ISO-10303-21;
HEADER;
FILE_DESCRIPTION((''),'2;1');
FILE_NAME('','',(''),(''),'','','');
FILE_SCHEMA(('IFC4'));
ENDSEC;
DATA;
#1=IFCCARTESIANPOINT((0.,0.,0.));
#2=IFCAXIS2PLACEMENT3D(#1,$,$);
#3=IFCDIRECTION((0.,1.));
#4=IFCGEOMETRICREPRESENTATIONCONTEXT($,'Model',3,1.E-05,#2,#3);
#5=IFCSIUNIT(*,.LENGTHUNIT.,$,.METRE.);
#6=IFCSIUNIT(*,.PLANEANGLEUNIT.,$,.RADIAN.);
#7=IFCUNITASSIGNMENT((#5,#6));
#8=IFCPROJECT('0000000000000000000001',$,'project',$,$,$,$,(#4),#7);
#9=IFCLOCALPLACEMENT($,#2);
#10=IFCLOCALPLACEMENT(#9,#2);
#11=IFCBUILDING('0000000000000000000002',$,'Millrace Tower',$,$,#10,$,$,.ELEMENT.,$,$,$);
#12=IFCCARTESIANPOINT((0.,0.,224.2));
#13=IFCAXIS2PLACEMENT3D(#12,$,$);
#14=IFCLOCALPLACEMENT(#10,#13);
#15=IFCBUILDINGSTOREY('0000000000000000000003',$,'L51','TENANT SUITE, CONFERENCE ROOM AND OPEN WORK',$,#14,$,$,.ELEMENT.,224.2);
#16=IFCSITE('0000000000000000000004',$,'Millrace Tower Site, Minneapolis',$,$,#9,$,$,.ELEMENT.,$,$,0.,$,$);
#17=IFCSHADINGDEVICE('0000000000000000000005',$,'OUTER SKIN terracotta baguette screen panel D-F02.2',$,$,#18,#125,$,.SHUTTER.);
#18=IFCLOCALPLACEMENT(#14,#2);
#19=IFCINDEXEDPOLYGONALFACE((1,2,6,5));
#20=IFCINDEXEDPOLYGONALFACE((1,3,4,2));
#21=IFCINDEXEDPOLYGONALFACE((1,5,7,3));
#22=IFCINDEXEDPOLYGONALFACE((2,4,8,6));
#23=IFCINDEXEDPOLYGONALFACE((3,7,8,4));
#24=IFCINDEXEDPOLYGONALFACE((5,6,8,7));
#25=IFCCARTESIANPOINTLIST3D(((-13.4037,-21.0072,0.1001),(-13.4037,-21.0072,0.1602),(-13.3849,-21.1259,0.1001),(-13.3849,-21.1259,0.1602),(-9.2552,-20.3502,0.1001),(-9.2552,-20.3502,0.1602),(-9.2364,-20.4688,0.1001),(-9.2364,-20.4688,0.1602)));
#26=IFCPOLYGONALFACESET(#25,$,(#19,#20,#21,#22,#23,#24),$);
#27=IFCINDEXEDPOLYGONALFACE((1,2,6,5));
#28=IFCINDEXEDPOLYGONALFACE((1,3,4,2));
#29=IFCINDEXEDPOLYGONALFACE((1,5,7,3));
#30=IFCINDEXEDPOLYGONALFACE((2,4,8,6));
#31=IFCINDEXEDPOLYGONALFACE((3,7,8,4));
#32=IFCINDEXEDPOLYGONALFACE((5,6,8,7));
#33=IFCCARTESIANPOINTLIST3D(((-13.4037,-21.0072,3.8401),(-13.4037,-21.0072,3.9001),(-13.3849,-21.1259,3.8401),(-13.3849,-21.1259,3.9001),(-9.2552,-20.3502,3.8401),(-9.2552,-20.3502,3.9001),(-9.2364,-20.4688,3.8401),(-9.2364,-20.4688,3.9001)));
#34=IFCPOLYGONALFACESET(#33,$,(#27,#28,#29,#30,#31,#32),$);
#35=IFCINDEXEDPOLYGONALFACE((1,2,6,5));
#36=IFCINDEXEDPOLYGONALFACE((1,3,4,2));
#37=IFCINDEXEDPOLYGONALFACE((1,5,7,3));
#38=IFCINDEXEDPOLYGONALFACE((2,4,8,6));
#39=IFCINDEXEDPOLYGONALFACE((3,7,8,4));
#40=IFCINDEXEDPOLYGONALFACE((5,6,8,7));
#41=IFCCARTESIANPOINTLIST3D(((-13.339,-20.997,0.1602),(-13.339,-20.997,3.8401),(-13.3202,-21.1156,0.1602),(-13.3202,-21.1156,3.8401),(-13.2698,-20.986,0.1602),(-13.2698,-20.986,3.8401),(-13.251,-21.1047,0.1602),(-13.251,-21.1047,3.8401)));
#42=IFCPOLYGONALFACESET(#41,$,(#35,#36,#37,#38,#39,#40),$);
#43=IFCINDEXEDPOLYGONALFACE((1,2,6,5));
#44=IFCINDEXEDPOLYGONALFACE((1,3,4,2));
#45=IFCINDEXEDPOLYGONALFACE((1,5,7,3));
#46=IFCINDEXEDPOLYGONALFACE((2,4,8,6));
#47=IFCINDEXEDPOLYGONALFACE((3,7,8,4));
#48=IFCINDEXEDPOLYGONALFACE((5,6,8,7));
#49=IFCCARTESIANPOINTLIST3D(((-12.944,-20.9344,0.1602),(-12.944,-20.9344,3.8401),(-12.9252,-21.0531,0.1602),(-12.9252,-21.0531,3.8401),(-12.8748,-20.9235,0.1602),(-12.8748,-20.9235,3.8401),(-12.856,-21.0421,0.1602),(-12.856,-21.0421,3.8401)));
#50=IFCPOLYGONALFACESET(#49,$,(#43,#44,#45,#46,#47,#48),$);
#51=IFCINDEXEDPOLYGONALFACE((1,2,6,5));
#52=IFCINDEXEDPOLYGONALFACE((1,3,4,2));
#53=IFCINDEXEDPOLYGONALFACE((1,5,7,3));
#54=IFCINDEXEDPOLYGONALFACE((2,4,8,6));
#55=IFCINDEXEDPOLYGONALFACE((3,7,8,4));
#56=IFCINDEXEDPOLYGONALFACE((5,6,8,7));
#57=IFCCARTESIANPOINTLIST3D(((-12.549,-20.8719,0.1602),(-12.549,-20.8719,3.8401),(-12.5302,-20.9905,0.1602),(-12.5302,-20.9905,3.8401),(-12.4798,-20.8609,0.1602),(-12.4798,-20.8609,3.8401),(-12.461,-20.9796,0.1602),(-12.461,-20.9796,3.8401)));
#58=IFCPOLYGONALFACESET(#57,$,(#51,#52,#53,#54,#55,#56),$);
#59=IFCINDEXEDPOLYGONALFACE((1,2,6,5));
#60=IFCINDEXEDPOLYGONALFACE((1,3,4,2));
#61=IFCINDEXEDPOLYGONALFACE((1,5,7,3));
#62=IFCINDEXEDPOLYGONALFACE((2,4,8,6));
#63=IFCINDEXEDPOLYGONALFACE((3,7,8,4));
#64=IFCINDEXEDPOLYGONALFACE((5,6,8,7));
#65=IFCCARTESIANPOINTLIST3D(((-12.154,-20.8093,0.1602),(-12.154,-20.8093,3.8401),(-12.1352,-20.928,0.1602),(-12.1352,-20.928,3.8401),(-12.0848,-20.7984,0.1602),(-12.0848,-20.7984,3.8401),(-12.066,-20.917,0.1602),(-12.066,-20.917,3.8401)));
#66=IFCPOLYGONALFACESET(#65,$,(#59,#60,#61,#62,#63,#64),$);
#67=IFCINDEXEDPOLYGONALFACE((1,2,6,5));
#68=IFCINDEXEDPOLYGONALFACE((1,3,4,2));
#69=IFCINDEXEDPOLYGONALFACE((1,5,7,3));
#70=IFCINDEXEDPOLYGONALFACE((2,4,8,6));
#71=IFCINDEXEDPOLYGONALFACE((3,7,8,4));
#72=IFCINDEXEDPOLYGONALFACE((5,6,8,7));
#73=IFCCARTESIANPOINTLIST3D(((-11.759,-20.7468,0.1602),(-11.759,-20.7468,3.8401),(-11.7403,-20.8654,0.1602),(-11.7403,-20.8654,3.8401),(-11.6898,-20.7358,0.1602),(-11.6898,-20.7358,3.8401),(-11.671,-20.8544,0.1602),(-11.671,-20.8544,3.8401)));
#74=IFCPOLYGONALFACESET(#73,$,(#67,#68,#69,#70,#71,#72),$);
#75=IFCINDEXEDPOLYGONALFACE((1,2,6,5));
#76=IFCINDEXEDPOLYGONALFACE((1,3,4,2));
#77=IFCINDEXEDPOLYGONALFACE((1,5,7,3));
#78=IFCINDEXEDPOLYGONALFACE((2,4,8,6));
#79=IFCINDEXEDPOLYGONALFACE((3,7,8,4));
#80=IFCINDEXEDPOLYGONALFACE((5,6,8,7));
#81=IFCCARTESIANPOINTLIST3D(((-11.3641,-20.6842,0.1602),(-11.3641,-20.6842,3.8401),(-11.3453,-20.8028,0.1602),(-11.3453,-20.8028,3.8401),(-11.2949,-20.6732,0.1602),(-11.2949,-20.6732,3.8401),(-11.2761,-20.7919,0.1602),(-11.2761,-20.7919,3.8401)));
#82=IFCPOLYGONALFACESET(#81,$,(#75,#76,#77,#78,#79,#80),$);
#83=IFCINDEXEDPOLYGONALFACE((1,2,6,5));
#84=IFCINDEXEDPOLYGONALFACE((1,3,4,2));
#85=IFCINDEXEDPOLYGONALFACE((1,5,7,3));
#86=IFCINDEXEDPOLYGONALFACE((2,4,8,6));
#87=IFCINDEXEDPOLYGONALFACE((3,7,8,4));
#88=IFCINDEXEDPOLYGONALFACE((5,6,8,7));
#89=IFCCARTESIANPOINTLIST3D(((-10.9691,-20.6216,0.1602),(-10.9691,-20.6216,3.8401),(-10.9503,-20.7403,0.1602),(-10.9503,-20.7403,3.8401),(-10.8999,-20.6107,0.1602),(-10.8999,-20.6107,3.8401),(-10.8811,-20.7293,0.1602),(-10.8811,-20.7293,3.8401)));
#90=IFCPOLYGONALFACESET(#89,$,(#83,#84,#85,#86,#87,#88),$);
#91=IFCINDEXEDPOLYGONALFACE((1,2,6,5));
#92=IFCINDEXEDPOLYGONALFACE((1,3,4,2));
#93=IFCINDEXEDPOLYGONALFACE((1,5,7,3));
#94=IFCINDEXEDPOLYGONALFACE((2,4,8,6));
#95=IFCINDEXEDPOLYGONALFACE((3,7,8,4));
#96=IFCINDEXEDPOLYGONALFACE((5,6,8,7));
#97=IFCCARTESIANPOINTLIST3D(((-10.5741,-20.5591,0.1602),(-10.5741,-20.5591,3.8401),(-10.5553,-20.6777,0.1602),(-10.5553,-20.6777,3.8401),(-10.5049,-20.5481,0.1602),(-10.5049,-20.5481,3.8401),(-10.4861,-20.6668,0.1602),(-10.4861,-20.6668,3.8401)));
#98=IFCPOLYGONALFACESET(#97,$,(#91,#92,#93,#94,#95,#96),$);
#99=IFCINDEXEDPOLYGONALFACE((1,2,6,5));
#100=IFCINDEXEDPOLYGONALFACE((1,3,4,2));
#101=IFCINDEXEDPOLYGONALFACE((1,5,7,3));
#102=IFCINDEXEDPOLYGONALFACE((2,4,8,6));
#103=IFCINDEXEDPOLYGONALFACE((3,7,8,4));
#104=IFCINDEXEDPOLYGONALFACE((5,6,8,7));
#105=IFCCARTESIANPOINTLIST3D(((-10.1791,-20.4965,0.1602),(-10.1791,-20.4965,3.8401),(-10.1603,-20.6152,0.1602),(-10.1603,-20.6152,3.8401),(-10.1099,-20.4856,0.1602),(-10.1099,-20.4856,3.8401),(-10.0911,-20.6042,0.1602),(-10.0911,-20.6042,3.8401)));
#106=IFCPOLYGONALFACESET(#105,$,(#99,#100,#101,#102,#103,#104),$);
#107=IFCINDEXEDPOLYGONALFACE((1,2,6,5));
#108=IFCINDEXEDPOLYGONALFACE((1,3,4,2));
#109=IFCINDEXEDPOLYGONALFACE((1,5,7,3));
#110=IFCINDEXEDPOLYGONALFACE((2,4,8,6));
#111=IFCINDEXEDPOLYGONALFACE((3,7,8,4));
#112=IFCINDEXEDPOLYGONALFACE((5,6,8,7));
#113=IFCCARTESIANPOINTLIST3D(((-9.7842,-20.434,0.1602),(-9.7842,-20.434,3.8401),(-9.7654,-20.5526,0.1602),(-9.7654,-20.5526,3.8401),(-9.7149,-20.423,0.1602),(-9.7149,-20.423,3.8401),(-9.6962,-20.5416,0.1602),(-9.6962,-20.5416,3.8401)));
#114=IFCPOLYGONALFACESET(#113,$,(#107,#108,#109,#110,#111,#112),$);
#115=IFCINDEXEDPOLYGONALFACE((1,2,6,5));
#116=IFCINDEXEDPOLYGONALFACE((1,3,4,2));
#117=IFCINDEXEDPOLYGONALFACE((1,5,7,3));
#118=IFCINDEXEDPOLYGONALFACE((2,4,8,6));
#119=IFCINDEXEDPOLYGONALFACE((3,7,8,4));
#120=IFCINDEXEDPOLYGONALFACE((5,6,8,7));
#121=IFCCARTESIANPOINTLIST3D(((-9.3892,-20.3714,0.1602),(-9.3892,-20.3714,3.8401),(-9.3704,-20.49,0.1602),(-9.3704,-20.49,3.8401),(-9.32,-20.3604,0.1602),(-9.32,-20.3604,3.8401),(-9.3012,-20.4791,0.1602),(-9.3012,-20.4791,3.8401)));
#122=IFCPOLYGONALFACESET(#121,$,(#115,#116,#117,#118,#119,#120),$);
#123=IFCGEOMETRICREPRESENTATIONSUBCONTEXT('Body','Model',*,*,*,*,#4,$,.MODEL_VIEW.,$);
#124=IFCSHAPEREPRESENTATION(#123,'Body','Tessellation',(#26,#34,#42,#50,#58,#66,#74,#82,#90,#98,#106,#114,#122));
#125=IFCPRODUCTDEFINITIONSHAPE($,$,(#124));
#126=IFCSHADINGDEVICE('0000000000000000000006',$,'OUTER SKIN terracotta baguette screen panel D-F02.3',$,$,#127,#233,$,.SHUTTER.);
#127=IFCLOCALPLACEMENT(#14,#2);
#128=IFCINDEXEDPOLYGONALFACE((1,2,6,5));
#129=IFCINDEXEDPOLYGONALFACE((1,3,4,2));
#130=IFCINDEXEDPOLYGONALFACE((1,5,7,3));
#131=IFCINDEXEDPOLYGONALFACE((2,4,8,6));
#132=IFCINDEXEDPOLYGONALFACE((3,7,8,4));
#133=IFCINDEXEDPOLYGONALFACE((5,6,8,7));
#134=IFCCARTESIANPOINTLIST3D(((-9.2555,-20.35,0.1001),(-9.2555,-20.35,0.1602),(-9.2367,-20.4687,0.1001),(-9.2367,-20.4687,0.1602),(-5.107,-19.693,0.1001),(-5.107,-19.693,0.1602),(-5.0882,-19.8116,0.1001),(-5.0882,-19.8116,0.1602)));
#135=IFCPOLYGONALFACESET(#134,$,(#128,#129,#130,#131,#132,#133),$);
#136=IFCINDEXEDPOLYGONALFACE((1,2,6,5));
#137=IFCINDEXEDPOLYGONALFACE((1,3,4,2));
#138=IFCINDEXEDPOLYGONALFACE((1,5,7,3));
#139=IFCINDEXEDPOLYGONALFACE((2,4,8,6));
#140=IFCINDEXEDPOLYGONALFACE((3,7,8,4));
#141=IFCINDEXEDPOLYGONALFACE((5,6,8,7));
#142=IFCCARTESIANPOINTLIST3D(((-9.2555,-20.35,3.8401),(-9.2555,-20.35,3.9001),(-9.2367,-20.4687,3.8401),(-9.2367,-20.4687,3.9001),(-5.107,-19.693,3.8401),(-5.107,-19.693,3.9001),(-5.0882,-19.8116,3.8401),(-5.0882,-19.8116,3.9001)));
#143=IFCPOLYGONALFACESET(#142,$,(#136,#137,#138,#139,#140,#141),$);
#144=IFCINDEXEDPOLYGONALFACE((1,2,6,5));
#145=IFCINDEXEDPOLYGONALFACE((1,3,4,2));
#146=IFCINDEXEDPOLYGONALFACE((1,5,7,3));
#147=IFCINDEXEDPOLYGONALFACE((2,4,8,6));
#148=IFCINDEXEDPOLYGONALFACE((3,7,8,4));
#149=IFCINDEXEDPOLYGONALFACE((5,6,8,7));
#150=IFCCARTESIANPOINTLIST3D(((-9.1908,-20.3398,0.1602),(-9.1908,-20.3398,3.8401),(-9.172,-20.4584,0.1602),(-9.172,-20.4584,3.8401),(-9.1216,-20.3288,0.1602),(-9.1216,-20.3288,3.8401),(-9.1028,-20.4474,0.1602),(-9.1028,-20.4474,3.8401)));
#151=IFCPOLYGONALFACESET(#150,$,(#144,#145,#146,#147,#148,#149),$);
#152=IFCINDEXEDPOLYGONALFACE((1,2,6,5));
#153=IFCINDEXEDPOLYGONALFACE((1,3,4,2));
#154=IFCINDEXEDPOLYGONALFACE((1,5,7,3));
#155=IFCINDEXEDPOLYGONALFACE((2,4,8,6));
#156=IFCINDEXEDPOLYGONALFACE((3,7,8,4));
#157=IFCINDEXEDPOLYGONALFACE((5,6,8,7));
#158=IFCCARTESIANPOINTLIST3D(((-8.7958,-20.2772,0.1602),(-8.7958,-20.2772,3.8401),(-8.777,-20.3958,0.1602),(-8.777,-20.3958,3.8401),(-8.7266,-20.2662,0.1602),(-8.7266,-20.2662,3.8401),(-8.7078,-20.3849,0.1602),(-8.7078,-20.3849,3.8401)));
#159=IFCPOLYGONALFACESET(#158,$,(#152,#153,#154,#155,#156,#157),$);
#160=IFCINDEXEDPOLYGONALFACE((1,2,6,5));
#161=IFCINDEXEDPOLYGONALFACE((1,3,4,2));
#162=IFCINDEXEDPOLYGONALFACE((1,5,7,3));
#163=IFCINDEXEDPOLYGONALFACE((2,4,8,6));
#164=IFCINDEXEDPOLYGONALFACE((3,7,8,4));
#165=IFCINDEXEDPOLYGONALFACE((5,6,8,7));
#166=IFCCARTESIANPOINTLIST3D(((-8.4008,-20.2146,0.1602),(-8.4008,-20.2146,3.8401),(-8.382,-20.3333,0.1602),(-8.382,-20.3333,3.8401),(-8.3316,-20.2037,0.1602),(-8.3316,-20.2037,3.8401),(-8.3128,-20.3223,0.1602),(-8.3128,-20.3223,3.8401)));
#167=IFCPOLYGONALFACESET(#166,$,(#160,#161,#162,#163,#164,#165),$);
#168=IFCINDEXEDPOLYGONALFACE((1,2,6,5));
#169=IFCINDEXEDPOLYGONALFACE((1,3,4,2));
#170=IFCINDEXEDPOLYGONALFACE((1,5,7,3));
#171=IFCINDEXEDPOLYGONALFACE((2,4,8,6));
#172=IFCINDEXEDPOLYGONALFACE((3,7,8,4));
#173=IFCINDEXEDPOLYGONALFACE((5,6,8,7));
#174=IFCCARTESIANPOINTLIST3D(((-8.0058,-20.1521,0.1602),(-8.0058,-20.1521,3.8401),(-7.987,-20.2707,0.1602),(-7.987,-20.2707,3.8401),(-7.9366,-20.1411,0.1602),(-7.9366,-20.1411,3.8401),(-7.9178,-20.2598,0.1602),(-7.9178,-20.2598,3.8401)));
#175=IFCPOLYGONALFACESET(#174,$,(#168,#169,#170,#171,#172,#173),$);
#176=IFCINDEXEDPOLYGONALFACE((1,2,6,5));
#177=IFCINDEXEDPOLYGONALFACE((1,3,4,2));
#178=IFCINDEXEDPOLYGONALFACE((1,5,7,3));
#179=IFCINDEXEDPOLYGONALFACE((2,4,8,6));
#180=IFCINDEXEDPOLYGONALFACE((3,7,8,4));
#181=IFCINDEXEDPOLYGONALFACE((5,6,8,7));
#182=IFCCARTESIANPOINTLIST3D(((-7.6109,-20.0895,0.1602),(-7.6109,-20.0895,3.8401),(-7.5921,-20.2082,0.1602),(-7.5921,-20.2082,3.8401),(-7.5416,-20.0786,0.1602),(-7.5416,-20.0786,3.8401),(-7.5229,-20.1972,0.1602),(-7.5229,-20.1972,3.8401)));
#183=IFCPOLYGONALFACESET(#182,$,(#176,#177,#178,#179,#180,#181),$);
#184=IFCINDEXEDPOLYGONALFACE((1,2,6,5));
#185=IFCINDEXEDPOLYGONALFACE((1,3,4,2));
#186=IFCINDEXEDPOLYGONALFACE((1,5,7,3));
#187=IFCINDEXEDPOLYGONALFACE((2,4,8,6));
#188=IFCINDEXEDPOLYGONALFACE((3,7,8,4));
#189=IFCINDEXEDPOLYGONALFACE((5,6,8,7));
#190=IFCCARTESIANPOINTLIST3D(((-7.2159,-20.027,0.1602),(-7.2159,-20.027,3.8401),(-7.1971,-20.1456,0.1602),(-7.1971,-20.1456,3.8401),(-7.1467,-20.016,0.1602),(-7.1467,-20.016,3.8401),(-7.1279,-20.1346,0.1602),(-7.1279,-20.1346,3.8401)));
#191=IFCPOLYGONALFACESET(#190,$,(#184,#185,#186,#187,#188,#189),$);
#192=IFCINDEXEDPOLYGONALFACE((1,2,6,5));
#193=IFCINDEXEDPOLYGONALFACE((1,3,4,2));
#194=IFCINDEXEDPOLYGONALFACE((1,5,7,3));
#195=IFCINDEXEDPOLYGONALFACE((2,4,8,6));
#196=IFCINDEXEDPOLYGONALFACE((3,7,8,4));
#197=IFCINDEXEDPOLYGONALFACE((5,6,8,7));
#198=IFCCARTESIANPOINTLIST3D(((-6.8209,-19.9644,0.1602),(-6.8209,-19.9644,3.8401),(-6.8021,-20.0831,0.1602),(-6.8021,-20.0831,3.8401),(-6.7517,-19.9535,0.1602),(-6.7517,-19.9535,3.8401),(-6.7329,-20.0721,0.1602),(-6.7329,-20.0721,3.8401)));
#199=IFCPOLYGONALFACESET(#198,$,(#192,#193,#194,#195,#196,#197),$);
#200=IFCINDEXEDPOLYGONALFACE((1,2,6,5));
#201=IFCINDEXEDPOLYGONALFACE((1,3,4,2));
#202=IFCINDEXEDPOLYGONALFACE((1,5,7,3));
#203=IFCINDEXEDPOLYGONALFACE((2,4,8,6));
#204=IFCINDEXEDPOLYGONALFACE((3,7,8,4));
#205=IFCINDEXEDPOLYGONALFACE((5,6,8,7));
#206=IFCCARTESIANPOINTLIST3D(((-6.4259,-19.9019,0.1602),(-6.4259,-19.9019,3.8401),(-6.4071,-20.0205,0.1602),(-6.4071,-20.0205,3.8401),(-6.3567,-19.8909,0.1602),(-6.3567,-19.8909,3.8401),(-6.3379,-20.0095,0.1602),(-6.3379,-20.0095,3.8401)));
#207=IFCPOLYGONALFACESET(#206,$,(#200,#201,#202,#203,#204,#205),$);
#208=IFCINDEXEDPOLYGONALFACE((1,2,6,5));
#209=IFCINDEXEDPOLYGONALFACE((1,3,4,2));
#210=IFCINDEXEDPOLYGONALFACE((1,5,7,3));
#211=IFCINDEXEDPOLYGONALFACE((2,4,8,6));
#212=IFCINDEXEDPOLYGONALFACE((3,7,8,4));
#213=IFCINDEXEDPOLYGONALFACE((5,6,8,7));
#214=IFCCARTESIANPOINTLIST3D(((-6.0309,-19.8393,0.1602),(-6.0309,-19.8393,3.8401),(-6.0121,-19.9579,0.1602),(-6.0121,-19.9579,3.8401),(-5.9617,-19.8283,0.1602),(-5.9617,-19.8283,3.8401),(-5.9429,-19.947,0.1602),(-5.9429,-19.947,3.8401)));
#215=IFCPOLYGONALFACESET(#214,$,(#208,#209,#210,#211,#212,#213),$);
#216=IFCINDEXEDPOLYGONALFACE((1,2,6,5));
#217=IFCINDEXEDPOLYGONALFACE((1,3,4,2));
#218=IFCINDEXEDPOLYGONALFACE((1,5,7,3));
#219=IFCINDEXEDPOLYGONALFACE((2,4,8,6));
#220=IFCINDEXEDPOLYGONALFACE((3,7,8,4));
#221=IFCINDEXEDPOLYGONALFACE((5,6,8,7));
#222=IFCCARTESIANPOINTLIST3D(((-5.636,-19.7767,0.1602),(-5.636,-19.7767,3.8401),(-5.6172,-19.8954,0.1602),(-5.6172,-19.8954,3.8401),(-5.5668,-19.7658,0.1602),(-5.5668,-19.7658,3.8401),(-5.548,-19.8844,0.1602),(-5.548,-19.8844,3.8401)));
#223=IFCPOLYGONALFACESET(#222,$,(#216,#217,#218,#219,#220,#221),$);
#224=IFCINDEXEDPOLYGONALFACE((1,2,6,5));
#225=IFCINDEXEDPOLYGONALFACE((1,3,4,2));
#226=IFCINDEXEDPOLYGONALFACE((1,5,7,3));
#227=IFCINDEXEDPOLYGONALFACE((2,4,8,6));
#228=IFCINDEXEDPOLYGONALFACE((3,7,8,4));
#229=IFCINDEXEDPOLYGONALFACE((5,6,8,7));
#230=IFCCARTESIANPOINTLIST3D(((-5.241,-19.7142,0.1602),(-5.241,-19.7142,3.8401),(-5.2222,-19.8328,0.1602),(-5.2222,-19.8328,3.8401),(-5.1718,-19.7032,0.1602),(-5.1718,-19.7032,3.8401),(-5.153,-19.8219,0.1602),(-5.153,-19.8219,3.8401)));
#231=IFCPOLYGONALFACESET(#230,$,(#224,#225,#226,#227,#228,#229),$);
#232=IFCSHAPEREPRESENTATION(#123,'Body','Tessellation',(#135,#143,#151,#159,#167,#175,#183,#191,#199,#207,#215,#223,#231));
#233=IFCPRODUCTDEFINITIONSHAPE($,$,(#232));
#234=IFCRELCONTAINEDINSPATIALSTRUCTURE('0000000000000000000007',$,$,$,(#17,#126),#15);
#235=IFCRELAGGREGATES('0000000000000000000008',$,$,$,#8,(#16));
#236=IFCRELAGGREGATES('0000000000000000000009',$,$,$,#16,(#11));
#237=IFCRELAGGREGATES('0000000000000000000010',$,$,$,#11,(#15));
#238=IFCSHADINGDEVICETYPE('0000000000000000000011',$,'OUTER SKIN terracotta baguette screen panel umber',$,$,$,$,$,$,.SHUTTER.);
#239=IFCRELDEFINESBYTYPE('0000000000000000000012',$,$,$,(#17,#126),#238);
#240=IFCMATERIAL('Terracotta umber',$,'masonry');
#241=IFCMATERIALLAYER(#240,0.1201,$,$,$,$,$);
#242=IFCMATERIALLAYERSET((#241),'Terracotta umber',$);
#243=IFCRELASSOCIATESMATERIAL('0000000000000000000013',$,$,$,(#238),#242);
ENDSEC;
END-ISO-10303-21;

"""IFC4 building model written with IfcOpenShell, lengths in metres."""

from ifc_helpers import new_model, entity, si_unit, direction, frame, frame_2d, origin, origin_2d, place, context, subcontext, project, spatial, rectangle, extrude, source, transform, mapped, material, layer, layer_set, type_object, element, save


model = new_model("IFC4")

# Units and contexts
model_context = context("Model", 3, precision=1e-05, world=origin(), true_north=direction((0.0, 1.0)))
body_context = subcontext(model_context, "Body", "Model", "MODEL_VIEW")
ifc_project = project(units=[si_unit("LENGTHUNIT", "METRE"), si_unit("PLANEANGLEUNIT", "RADIAN")], contexts=[model_context])

# Site, building, storey
site_placement = place(None, origin())
site = spatial("IfcSite", under=ifc_project, at=site_placement, Name="Millrace Tower Site, Minneapolis", CompositionType="ELEMENT", RefElevation=0.0)
building_placement = place(site_placement, origin())
building = spatial("IfcBuilding", under=site, at=building_placement, Name="Millrace Tower", CompositionType="ELEMENT")
storey_placement = place(building_placement, frame((0.0, 0.0, 224.2)))
storey = spatial("IfcBuildingStorey", under=building, at=storey_placement, Name="L51", Description="TENANT SUITE, CONFERENCE ROOM AND OPEN WORK", CompositionType="ELEMENT", Elevation=224.2)

# Shading devices
ifc_material_1 = material(Name="Terracotta umber", Category="masonry")
ifc_layer_1 = layer(ifc_material_1, 0.1201)
ifc_layer_set_1 = layer_set([ifc_layer_1], Name="Terracotta umber")
shading_device_type = type_object("IfcShadingDeviceType", Name="OUTER SKIN terracotta baguette screen panel umber", PredefinedType="SHUTTER", material=ifc_layer_set_1)
cartesian_point = entity("IfcCartesianPoint", [-2.1001, 0.0601])
shared_polyline = entity("IfcPolyline", [cartesian_point, entity("IfcCartesianPoint", [2.1001, 0.0601]), entity("IfcCartesianPoint", [2.1001, -0.0601]), entity("IfcCartesianPoint", [-2.1001, -0.0601]), cartesian_point])
shared_shape = source(origin(), body_context, "Body", "SweptSolid", [
    entity("IfcExtrudedAreaSolid", entity("IfcArbitraryClosedProfileDef", "AREA", None, shared_polyline), entity("IfcAxis2Placement3D", entity("IfcCartesianPoint", [0.0, 0.0, 0.0])), entity("IfcDirection", [0.0, 0.0, 1.0]), 0.0601),
    entity("IfcExtrudedAreaSolid", entity("IfcArbitraryClosedProfileDef", "AREA", None, shared_polyline), entity("IfcAxis2Placement3D", entity("IfcCartesianPoint", [0.0, 0.0, 3.74])), entity("IfcDirection", [0.0, 0.0, 1.0]), 0.0601),
    extrude(rectangle(XDim=0.0701, YDim=0.1201, at=frame_2d((-1.9995, 0.0))), frame((0.0, 0.0, 0.0601)), (0.0, 0.0, 1.0), 3.6799),
    extrude(rectangle(XDim=0.0701, YDim=0.1201, at=frame_2d((-1.5996, 0.0))), frame((0.0, 0.0, 0.0601)), (0.0, 0.0, 1.0), 3.6799),
    extrude(rectangle(XDim=0.0701, YDim=0.1201, at=frame_2d((-1.1997, 0.0))), frame((0.0, 0.0, 0.0601)), (0.0, 0.0, 1.0), 3.6799),
    extrude(rectangle(XDim=0.0701, YDim=0.1201, at=frame_2d((-0.7998, 0.0))), frame((0.0, 0.0, 0.0601)), (0.0, 0.0, 1.0), 3.6799),
    extrude(rectangle(XDim=0.0701, YDim=0.1201, at=frame_2d((-0.3999, 0.0))), frame((0.0, 0.0, 0.0601)), (0.0, 0.0, 1.0), 3.6799),
    extrude(rectangle(XDim=0.0701, YDim=0.1201, at=origin_2d()), frame((0.0, 0.0, 0.0601)), (0.0, 0.0, 1.0), 3.6799),
    extrude(rectangle(XDim=0.0701, YDim=0.1201, at=frame_2d((0.3999, 0.0))), frame((0.0, 0.0, 0.0601)), (0.0, 0.0, 1.0), 3.6799),
    extrude(rectangle(XDim=0.0701, YDim=0.1201, at=frame_2d((0.7998, 0.0))), frame((0.0, 0.0, 0.0601)), (0.0, 0.0, 1.0), 3.6799),
    extrude(rectangle(XDim=0.0701, YDim=0.1201, at=frame_2d((1.1997, 0.0))), frame((0.0, 0.0, 0.0601)), (0.0, 0.0, 1.0), 3.6799),
    extrude(rectangle(XDim=0.0701, YDim=0.1201, at=frame_2d((1.5996, 0.0))), frame((0.0, 0.0, 0.0601)), (0.0, 0.0, 1.0), 3.6799),
    extrude(rectangle(XDim=0.0701, YDim=0.1201, at=frame_2d((1.9995, 0.0))), frame((0.0, 0.0, 0.0601)), (0.0, 0.0, 1.0), 3.6799),
])
for number, where, z_axis, x_axis, name in (
    (1, (-11.3201, -20.738, 0.1001), (0.0, 0.0, 1.0), (0.987688, 0.156434, 0.0), "OUTER SKIN terracotta baguette screen panel D-F02.2"),
    (2, (-7.1719, -20.0808, 0.1001), (0.0, 0.0, 1.0), (0.987688, 0.156434, 0.0), "OUTER SKIN terracotta baguette screen panel D-F02.3"),
):
    element("IfcShadingDevice", number, at=place(storey_placement, frame(where, z_axis=z_axis, x_axis=x_axis)), inside=storey, type_object=shading_device_type, Name=name, PredefinedType="SHUTTER", context=body_context, shape_type="MappedRepresentation", body=[
        mapped(shared_shape, transform((0.0, 0.0, 0.0), scale=1.0)),
    ])

save(model, "model.ifc")
